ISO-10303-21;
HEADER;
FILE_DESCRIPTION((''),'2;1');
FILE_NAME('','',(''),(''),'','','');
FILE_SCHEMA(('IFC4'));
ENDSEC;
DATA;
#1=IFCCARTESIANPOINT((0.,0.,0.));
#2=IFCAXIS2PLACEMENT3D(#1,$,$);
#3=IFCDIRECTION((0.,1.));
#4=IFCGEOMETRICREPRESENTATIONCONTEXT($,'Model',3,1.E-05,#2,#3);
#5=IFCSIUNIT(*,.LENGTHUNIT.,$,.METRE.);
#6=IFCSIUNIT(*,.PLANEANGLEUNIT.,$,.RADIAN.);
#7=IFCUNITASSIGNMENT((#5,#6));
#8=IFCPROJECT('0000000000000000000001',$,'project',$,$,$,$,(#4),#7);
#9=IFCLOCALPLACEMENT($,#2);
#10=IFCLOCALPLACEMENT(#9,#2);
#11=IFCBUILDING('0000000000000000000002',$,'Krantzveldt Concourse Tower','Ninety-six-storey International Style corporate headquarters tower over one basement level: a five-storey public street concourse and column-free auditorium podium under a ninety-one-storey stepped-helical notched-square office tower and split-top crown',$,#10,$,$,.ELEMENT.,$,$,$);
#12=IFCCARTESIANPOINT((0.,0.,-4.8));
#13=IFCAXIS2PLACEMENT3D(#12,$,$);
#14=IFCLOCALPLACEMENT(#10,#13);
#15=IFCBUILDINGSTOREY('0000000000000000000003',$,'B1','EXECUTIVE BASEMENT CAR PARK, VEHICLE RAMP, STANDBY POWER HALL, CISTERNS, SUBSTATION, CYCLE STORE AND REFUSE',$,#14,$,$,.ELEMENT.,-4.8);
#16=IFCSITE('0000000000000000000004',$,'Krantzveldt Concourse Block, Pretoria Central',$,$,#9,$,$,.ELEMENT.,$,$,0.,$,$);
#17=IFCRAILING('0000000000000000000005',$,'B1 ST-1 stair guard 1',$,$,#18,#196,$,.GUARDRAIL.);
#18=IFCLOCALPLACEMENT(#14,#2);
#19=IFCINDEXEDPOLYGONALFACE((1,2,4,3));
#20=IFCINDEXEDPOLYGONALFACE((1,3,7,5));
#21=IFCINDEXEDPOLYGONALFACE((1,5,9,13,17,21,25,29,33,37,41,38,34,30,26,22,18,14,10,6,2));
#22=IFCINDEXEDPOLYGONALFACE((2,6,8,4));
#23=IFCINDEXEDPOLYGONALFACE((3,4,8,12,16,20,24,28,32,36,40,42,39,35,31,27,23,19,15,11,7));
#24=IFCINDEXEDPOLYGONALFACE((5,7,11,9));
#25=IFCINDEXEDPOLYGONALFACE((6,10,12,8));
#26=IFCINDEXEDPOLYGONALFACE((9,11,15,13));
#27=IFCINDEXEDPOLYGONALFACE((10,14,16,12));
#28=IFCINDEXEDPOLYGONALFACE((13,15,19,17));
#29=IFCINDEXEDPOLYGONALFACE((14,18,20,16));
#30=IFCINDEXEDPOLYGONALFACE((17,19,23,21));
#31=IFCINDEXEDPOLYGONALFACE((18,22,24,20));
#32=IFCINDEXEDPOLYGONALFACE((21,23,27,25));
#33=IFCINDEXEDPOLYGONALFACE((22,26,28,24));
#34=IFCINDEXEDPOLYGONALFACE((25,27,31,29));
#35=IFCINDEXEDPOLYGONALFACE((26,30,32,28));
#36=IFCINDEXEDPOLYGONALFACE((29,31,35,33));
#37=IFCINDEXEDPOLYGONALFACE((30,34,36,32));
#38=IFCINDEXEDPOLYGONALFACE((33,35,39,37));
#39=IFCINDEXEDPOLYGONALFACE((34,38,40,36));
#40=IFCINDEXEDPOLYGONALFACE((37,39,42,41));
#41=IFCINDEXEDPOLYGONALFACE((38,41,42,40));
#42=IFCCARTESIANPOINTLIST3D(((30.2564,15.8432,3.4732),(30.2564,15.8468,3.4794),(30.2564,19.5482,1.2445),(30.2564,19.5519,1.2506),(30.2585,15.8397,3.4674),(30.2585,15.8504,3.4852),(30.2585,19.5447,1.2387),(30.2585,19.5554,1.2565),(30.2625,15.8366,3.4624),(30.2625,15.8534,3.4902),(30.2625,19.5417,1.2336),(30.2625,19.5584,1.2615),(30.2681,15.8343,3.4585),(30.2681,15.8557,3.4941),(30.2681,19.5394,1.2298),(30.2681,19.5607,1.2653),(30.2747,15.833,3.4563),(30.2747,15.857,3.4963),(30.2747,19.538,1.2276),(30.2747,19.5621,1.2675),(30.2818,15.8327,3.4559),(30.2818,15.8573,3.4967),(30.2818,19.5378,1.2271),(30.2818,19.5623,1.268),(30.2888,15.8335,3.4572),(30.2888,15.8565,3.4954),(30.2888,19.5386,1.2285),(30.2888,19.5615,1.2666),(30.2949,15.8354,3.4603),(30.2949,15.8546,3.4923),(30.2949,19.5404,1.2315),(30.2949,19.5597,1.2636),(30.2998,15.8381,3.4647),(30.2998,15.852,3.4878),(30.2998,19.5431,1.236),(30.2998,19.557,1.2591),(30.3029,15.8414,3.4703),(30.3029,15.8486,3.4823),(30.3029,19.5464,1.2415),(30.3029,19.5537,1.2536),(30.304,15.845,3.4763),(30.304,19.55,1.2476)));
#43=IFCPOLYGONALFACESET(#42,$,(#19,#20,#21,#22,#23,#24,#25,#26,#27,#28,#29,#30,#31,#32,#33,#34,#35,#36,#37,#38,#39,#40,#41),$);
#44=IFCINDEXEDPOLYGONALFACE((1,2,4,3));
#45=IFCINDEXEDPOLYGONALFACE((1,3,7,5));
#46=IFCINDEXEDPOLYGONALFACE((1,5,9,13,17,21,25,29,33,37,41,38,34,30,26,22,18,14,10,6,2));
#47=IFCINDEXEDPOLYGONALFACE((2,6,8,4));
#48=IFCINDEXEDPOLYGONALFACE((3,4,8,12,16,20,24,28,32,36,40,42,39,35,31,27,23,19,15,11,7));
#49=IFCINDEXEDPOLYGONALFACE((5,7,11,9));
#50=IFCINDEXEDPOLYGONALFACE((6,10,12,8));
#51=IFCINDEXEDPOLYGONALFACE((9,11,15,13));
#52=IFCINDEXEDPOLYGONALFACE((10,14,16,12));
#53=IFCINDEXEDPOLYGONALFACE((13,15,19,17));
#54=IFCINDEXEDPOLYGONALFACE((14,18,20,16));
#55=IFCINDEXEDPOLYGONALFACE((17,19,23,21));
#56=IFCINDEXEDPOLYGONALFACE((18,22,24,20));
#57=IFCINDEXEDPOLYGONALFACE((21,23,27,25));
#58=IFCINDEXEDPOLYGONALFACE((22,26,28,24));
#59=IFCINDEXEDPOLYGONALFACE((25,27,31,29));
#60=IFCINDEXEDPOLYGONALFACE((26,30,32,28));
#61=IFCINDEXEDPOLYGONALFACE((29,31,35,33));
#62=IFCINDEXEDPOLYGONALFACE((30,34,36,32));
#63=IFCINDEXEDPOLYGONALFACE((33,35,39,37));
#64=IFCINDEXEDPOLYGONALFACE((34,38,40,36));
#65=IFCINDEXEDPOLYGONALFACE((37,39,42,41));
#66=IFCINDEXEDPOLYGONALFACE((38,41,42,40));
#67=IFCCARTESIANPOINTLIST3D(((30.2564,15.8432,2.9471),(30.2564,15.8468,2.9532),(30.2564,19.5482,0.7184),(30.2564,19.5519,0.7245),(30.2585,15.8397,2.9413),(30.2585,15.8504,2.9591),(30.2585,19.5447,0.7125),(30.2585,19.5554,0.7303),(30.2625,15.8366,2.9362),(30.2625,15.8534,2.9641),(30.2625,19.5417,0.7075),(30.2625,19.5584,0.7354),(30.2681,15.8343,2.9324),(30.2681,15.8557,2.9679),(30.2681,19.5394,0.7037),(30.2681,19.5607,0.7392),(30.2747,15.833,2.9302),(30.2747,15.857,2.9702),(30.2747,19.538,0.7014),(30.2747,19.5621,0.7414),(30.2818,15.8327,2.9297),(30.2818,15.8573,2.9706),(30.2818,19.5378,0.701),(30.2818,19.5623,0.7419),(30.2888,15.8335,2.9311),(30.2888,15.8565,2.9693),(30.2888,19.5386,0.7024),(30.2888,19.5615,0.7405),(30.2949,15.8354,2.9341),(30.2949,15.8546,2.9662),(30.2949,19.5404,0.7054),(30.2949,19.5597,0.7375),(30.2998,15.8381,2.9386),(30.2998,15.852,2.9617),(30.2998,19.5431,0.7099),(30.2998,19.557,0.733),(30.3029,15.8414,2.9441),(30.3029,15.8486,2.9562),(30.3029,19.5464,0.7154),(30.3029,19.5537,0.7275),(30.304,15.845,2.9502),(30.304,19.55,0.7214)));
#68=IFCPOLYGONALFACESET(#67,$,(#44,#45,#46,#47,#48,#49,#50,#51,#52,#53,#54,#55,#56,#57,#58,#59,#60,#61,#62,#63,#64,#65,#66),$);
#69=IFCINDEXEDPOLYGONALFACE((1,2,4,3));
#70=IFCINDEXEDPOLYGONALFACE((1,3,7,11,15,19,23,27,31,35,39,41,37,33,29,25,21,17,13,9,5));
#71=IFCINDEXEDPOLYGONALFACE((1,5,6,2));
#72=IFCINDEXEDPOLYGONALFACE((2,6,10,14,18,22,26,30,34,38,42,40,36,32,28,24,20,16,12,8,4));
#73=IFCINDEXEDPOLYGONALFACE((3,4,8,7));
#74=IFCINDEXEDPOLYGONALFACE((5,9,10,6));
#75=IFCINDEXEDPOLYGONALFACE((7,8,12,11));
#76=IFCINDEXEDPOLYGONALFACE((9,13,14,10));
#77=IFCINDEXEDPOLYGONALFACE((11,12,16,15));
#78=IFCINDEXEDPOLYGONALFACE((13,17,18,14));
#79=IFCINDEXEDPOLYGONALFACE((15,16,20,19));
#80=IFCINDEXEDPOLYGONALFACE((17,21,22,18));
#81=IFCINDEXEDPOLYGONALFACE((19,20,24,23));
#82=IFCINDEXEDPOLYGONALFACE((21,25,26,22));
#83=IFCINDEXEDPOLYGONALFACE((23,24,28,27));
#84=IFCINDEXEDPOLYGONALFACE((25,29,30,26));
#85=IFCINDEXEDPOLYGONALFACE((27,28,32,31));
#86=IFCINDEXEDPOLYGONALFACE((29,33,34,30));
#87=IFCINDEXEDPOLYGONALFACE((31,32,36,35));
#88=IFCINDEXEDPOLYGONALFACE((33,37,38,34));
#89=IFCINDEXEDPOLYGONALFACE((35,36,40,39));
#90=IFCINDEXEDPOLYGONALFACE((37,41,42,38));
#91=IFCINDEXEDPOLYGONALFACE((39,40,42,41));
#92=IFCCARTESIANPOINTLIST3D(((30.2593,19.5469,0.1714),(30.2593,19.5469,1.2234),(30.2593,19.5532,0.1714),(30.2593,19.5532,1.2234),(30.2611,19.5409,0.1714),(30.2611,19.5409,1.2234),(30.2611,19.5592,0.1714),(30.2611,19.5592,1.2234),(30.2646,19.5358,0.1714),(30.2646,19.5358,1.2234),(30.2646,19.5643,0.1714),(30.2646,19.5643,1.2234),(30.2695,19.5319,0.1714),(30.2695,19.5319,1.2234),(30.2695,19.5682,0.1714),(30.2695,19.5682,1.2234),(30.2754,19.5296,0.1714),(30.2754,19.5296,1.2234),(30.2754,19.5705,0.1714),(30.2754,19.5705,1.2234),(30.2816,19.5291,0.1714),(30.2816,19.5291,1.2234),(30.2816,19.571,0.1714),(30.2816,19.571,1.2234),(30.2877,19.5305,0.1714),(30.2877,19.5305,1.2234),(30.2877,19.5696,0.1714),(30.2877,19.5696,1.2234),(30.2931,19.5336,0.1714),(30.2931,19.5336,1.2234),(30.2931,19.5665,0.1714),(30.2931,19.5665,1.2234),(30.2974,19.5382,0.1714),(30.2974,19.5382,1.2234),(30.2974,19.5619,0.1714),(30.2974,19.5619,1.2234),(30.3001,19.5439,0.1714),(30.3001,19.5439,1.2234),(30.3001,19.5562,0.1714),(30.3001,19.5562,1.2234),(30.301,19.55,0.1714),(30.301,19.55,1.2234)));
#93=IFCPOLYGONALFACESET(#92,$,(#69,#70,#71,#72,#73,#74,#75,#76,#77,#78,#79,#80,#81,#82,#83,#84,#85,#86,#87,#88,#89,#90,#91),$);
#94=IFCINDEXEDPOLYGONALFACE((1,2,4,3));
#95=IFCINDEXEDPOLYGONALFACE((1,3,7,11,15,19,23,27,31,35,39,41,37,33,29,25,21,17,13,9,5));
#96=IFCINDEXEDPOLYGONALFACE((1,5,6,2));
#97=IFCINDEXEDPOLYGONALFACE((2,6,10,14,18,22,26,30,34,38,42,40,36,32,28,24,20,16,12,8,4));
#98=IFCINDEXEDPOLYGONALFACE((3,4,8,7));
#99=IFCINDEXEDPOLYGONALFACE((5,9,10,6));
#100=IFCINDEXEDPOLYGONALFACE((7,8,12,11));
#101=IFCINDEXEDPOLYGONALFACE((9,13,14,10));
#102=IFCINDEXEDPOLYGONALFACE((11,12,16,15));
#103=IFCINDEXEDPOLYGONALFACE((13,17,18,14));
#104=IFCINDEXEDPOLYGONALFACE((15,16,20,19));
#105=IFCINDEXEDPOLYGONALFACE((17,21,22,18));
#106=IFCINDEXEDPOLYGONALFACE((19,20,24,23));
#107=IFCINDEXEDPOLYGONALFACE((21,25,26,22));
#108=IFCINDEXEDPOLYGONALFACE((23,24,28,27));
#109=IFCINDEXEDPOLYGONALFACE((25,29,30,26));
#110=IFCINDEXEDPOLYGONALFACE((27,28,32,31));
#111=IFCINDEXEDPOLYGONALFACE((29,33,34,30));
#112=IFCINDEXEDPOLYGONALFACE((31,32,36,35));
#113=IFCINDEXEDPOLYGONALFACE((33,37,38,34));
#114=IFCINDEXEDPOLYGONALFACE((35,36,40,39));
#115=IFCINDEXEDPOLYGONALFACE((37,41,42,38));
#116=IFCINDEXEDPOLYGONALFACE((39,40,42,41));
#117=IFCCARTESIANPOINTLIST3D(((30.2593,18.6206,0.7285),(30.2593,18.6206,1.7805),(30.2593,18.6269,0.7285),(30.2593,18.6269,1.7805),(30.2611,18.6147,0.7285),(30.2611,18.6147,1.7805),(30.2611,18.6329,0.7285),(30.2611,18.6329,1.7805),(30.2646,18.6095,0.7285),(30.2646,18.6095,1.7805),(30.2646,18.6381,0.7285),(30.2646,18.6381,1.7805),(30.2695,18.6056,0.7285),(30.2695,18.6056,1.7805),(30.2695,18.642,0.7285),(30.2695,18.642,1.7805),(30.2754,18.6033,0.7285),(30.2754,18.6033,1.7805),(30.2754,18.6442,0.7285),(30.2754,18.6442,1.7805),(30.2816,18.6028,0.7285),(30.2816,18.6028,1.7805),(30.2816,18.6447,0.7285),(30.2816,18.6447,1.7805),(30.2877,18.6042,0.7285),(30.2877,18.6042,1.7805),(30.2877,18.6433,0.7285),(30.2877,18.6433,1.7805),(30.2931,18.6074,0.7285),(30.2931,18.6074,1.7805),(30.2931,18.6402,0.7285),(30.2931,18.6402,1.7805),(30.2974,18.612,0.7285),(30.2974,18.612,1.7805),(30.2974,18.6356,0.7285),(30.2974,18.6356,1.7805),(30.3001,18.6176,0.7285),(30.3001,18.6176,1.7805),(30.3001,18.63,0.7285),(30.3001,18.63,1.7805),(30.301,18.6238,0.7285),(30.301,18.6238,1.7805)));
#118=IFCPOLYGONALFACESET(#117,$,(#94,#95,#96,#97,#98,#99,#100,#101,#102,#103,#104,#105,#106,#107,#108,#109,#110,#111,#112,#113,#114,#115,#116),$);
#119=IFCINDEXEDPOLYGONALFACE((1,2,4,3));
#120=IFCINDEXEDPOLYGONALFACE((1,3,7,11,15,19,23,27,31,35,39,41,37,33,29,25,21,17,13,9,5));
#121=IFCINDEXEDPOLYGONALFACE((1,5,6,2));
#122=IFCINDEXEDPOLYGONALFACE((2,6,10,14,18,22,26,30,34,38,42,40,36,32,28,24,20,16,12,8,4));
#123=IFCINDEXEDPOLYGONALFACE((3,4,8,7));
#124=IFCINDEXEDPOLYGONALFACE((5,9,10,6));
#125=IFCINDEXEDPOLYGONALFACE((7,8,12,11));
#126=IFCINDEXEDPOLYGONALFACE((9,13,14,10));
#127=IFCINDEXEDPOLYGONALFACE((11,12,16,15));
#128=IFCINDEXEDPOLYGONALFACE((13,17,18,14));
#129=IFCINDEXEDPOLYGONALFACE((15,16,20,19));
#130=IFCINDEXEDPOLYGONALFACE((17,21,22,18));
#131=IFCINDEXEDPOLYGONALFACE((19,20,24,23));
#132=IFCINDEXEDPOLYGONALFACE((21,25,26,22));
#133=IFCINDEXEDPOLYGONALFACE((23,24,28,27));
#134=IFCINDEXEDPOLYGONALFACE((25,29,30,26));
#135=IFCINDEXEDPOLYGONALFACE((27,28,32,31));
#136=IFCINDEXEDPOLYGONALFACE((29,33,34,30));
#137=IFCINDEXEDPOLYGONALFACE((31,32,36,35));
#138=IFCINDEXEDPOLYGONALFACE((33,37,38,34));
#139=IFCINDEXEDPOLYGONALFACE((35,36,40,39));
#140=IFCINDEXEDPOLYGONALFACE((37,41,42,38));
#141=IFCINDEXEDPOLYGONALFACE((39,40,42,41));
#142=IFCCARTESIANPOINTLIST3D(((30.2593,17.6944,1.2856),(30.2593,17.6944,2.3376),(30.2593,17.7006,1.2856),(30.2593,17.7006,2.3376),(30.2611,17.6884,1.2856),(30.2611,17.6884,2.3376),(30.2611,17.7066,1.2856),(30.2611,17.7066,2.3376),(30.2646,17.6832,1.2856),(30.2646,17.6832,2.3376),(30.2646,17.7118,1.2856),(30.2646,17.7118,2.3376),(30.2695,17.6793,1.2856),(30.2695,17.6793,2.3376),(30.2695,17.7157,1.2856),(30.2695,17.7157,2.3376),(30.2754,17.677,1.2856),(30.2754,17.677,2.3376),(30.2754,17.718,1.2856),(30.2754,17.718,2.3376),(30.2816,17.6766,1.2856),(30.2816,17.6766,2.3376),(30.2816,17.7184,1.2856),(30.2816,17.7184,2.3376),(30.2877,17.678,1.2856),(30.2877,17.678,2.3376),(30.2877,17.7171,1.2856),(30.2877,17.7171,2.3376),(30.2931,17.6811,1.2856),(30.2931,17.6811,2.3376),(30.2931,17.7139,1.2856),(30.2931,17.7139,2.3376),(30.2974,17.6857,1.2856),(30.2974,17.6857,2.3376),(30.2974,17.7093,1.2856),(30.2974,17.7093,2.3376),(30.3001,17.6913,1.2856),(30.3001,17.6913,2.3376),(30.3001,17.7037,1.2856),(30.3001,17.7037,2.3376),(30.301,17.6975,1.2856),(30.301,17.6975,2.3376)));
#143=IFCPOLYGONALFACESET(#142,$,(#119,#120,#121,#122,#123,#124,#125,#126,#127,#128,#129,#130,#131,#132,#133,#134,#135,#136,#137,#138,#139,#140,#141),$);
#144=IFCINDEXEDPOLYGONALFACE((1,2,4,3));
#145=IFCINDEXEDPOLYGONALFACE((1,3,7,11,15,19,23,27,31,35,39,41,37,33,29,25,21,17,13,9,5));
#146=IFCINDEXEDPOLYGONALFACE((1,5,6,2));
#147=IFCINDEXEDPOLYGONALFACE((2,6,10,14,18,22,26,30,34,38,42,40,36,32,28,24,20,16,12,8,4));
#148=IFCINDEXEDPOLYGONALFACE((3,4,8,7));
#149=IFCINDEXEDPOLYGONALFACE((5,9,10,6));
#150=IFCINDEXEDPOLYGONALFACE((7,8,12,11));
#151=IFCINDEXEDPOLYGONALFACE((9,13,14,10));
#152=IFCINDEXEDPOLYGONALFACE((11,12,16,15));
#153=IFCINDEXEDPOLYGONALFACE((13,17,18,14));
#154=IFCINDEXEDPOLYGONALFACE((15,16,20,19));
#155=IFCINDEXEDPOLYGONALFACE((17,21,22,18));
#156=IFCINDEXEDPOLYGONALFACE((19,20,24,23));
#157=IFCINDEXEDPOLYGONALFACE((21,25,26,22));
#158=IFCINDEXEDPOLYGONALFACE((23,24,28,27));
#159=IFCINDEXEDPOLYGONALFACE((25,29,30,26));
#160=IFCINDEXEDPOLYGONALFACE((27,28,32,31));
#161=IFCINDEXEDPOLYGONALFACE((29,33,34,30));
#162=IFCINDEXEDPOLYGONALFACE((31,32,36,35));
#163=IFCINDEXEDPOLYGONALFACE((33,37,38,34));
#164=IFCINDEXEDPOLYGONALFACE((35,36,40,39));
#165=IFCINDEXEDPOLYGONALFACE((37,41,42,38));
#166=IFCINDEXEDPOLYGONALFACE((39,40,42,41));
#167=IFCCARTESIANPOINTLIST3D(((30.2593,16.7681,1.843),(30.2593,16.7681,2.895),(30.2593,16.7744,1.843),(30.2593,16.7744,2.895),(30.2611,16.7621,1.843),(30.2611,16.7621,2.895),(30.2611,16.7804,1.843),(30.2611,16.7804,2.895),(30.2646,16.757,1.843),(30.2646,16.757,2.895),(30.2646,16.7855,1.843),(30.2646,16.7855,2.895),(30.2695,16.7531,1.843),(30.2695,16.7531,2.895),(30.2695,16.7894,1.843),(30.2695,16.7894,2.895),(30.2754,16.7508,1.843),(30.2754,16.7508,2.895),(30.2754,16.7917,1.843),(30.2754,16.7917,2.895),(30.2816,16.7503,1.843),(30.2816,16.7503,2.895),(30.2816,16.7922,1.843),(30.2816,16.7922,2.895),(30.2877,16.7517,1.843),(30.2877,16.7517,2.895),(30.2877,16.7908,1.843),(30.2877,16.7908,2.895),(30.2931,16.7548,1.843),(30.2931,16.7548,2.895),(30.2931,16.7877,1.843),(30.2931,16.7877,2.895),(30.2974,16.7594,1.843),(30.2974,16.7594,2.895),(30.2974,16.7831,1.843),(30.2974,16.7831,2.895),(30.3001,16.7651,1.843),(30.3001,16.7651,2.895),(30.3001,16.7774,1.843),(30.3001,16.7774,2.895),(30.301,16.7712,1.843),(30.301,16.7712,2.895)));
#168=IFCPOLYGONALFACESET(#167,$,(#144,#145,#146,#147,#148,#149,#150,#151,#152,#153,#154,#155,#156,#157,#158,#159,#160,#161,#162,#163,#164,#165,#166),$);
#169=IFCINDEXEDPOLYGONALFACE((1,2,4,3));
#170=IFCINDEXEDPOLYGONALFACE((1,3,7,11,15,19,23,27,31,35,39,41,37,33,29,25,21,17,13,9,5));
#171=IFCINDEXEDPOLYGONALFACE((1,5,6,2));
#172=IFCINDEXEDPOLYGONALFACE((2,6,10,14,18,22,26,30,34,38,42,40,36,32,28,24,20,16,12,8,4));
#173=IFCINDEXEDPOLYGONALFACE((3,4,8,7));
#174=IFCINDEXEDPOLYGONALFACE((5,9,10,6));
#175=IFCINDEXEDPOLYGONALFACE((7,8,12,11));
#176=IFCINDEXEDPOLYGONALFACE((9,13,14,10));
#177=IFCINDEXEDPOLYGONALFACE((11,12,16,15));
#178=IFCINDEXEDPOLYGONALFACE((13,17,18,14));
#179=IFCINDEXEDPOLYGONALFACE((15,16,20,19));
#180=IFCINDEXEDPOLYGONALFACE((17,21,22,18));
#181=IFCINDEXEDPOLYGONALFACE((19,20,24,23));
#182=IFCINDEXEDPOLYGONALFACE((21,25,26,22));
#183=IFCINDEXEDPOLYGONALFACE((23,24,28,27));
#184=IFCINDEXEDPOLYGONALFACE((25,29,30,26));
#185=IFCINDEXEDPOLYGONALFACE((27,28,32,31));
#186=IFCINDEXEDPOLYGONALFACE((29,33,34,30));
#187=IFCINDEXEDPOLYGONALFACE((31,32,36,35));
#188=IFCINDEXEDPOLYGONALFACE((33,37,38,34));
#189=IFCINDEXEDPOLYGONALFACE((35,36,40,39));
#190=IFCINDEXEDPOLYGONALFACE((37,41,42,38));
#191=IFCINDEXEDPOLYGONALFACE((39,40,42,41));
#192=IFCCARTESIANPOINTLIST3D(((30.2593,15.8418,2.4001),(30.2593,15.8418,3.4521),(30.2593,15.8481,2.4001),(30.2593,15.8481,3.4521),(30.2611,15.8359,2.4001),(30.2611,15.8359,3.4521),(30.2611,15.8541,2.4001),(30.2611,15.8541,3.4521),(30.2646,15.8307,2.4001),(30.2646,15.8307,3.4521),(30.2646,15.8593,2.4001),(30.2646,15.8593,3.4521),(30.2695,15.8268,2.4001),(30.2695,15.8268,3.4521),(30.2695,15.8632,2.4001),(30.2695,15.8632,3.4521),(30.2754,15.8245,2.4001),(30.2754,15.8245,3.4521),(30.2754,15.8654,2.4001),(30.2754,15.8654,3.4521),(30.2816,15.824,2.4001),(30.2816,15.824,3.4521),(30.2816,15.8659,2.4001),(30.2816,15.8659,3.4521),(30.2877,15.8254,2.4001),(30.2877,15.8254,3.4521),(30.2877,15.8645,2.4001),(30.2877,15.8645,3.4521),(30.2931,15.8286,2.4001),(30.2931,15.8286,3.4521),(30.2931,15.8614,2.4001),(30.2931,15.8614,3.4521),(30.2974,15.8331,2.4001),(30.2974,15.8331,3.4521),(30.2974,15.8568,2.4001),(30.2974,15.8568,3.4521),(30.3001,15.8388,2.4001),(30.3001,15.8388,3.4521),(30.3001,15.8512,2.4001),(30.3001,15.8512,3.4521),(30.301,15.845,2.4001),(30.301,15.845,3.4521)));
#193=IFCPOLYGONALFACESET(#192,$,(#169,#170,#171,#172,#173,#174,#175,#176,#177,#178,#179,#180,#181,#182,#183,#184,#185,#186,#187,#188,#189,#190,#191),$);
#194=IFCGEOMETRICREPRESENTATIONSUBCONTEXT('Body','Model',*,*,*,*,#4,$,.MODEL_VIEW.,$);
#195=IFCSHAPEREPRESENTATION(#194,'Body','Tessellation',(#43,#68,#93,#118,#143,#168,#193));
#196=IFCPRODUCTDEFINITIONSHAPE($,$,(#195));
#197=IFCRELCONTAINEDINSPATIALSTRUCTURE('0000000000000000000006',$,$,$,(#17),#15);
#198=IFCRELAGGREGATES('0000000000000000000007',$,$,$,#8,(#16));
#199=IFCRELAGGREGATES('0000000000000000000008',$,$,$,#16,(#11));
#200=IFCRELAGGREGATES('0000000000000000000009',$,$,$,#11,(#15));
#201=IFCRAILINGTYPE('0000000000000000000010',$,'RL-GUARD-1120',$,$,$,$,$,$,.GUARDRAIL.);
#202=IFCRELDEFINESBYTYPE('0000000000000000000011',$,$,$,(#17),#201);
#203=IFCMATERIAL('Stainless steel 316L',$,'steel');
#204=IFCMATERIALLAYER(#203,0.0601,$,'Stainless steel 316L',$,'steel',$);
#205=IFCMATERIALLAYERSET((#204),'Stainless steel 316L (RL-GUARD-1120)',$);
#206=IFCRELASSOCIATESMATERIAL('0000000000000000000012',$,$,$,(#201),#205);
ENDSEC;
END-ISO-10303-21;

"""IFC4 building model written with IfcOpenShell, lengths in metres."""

from ifc_helpers import new_model, si_unit, direction, frame, origin, origin_2d, place, context, subcontext, project, spatial, circle, extrude, material, layer, layer_set, type_object, element, save


model = new_model("IFC4")

# Units and contexts
model_context = context("Model", 3, precision=1e-05, world=origin(), true_north=direction((0.0, 1.0)))
body_context = subcontext(model_context, "Body", "Model", "MODEL_VIEW")
ifc_project = project(units=[si_unit("LENGTHUNIT", "METRE"), si_unit("PLANEANGLEUNIT", "RADIAN")], contexts=[model_context])

# Site, building, storey
site_placement = place(None, origin())
site = spatial("IfcSite", under=ifc_project, at=site_placement, Name="Krantzveldt Concourse Block, Pretoria Central", CompositionType="ELEMENT", RefElevation=0.0)
building_placement = place(site_placement, origin())
building = spatial("IfcBuilding", under=site, at=building_placement, Name="Krantzveldt Concourse Tower", Description="Ninety-six-storey International Style corporate headquarters tower over one basement level: a five-storey public street concourse and column-free auditorium podium under a ninety-one-storey stepped-helical notched-square office tower and split-top crown", CompositionType="ELEMENT")
storey_placement = place(building_placement, frame((0.0, 0.0, -4.8)))
storey = spatial("IfcBuildingStorey", under=building, at=storey_placement, Name="B1", Description="EXECUTIVE BASEMENT CAR PARK, VEHICLE RAMP, STANDBY POWER HALL, CISTERNS, SUBSTATION, CYCLE STORE AND REFUSE", CompositionType="ELEMENT", Elevation=-4.8)

# Railing
ifc_material_1 = material(Name="Stainless steel 316L", Category="steel")
ifc_layer_1 = layer(ifc_material_1, 0.0601, Name="Stainless steel 316L", Category="steel")
ifc_layer_set_1 = layer_set([ifc_layer_1], Name="Stainless steel 316L (RL-GUARD-1120)")
railing_type_1 = type_object("IfcRailingType", Name="RL-GUARD-1120", PredefinedType="GUARDRAIL", material=ifc_layer_set_1)
railing_1_placement = place(storey_placement, frame((30.28, 19.55, 0.1714)))
element("IfcRailing", 1, at=railing_1_placement, inside=storey, type_object=railing_type_1, Name="B1 ST-1 stair guard 1", PredefinedType="GUARDRAIL", context=body_context, shape_type="SweptSolid", body=[
    extrude(circle(Radius=0.0239, at=origin_2d()), frame((0.0, 0.0, 1.0762), z_axis=(0.0, -0.856909, 0.515467), x_axis=(1.0, 0.0, 0.0)), (0.0, 0.0, 1.0), 4.3237),
    extrude(circle(Radius=0.0239, at=origin_2d()), frame((0.0, 0.0, 0.55), z_axis=(0.0, -0.856909, 0.515467), x_axis=(1.0, 0.0, 0.0)), (0.0, 0.0, 1.0), 4.3237),
    extrude(circle(Radius=0.021, at=origin_2d()), origin(), (0.0, 0.0, 1.0), 1.052),
    extrude(circle(Radius=0.021, at=origin_2d()), frame((0.0, -0.9263, 0.5571)), (0.0, 0.0, 1.0), 1.052),
    extrude(circle(Radius=0.021, at=origin_2d()), frame((0.0, -1.8525, 1.1143)), (0.0, 0.0, 1.0), 1.052),
    extrude(circle(Radius=0.021, at=origin_2d()), frame((0.0, -2.7788, 1.6716)), (0.0, 0.0, 1.0), 1.052),
    extrude(circle(Radius=0.021, at=origin_2d()), frame((0.0, -3.7051, 2.2288)), (0.0, 0.0, 1.0), 1.052),
])

save(model, "model.ifc")
